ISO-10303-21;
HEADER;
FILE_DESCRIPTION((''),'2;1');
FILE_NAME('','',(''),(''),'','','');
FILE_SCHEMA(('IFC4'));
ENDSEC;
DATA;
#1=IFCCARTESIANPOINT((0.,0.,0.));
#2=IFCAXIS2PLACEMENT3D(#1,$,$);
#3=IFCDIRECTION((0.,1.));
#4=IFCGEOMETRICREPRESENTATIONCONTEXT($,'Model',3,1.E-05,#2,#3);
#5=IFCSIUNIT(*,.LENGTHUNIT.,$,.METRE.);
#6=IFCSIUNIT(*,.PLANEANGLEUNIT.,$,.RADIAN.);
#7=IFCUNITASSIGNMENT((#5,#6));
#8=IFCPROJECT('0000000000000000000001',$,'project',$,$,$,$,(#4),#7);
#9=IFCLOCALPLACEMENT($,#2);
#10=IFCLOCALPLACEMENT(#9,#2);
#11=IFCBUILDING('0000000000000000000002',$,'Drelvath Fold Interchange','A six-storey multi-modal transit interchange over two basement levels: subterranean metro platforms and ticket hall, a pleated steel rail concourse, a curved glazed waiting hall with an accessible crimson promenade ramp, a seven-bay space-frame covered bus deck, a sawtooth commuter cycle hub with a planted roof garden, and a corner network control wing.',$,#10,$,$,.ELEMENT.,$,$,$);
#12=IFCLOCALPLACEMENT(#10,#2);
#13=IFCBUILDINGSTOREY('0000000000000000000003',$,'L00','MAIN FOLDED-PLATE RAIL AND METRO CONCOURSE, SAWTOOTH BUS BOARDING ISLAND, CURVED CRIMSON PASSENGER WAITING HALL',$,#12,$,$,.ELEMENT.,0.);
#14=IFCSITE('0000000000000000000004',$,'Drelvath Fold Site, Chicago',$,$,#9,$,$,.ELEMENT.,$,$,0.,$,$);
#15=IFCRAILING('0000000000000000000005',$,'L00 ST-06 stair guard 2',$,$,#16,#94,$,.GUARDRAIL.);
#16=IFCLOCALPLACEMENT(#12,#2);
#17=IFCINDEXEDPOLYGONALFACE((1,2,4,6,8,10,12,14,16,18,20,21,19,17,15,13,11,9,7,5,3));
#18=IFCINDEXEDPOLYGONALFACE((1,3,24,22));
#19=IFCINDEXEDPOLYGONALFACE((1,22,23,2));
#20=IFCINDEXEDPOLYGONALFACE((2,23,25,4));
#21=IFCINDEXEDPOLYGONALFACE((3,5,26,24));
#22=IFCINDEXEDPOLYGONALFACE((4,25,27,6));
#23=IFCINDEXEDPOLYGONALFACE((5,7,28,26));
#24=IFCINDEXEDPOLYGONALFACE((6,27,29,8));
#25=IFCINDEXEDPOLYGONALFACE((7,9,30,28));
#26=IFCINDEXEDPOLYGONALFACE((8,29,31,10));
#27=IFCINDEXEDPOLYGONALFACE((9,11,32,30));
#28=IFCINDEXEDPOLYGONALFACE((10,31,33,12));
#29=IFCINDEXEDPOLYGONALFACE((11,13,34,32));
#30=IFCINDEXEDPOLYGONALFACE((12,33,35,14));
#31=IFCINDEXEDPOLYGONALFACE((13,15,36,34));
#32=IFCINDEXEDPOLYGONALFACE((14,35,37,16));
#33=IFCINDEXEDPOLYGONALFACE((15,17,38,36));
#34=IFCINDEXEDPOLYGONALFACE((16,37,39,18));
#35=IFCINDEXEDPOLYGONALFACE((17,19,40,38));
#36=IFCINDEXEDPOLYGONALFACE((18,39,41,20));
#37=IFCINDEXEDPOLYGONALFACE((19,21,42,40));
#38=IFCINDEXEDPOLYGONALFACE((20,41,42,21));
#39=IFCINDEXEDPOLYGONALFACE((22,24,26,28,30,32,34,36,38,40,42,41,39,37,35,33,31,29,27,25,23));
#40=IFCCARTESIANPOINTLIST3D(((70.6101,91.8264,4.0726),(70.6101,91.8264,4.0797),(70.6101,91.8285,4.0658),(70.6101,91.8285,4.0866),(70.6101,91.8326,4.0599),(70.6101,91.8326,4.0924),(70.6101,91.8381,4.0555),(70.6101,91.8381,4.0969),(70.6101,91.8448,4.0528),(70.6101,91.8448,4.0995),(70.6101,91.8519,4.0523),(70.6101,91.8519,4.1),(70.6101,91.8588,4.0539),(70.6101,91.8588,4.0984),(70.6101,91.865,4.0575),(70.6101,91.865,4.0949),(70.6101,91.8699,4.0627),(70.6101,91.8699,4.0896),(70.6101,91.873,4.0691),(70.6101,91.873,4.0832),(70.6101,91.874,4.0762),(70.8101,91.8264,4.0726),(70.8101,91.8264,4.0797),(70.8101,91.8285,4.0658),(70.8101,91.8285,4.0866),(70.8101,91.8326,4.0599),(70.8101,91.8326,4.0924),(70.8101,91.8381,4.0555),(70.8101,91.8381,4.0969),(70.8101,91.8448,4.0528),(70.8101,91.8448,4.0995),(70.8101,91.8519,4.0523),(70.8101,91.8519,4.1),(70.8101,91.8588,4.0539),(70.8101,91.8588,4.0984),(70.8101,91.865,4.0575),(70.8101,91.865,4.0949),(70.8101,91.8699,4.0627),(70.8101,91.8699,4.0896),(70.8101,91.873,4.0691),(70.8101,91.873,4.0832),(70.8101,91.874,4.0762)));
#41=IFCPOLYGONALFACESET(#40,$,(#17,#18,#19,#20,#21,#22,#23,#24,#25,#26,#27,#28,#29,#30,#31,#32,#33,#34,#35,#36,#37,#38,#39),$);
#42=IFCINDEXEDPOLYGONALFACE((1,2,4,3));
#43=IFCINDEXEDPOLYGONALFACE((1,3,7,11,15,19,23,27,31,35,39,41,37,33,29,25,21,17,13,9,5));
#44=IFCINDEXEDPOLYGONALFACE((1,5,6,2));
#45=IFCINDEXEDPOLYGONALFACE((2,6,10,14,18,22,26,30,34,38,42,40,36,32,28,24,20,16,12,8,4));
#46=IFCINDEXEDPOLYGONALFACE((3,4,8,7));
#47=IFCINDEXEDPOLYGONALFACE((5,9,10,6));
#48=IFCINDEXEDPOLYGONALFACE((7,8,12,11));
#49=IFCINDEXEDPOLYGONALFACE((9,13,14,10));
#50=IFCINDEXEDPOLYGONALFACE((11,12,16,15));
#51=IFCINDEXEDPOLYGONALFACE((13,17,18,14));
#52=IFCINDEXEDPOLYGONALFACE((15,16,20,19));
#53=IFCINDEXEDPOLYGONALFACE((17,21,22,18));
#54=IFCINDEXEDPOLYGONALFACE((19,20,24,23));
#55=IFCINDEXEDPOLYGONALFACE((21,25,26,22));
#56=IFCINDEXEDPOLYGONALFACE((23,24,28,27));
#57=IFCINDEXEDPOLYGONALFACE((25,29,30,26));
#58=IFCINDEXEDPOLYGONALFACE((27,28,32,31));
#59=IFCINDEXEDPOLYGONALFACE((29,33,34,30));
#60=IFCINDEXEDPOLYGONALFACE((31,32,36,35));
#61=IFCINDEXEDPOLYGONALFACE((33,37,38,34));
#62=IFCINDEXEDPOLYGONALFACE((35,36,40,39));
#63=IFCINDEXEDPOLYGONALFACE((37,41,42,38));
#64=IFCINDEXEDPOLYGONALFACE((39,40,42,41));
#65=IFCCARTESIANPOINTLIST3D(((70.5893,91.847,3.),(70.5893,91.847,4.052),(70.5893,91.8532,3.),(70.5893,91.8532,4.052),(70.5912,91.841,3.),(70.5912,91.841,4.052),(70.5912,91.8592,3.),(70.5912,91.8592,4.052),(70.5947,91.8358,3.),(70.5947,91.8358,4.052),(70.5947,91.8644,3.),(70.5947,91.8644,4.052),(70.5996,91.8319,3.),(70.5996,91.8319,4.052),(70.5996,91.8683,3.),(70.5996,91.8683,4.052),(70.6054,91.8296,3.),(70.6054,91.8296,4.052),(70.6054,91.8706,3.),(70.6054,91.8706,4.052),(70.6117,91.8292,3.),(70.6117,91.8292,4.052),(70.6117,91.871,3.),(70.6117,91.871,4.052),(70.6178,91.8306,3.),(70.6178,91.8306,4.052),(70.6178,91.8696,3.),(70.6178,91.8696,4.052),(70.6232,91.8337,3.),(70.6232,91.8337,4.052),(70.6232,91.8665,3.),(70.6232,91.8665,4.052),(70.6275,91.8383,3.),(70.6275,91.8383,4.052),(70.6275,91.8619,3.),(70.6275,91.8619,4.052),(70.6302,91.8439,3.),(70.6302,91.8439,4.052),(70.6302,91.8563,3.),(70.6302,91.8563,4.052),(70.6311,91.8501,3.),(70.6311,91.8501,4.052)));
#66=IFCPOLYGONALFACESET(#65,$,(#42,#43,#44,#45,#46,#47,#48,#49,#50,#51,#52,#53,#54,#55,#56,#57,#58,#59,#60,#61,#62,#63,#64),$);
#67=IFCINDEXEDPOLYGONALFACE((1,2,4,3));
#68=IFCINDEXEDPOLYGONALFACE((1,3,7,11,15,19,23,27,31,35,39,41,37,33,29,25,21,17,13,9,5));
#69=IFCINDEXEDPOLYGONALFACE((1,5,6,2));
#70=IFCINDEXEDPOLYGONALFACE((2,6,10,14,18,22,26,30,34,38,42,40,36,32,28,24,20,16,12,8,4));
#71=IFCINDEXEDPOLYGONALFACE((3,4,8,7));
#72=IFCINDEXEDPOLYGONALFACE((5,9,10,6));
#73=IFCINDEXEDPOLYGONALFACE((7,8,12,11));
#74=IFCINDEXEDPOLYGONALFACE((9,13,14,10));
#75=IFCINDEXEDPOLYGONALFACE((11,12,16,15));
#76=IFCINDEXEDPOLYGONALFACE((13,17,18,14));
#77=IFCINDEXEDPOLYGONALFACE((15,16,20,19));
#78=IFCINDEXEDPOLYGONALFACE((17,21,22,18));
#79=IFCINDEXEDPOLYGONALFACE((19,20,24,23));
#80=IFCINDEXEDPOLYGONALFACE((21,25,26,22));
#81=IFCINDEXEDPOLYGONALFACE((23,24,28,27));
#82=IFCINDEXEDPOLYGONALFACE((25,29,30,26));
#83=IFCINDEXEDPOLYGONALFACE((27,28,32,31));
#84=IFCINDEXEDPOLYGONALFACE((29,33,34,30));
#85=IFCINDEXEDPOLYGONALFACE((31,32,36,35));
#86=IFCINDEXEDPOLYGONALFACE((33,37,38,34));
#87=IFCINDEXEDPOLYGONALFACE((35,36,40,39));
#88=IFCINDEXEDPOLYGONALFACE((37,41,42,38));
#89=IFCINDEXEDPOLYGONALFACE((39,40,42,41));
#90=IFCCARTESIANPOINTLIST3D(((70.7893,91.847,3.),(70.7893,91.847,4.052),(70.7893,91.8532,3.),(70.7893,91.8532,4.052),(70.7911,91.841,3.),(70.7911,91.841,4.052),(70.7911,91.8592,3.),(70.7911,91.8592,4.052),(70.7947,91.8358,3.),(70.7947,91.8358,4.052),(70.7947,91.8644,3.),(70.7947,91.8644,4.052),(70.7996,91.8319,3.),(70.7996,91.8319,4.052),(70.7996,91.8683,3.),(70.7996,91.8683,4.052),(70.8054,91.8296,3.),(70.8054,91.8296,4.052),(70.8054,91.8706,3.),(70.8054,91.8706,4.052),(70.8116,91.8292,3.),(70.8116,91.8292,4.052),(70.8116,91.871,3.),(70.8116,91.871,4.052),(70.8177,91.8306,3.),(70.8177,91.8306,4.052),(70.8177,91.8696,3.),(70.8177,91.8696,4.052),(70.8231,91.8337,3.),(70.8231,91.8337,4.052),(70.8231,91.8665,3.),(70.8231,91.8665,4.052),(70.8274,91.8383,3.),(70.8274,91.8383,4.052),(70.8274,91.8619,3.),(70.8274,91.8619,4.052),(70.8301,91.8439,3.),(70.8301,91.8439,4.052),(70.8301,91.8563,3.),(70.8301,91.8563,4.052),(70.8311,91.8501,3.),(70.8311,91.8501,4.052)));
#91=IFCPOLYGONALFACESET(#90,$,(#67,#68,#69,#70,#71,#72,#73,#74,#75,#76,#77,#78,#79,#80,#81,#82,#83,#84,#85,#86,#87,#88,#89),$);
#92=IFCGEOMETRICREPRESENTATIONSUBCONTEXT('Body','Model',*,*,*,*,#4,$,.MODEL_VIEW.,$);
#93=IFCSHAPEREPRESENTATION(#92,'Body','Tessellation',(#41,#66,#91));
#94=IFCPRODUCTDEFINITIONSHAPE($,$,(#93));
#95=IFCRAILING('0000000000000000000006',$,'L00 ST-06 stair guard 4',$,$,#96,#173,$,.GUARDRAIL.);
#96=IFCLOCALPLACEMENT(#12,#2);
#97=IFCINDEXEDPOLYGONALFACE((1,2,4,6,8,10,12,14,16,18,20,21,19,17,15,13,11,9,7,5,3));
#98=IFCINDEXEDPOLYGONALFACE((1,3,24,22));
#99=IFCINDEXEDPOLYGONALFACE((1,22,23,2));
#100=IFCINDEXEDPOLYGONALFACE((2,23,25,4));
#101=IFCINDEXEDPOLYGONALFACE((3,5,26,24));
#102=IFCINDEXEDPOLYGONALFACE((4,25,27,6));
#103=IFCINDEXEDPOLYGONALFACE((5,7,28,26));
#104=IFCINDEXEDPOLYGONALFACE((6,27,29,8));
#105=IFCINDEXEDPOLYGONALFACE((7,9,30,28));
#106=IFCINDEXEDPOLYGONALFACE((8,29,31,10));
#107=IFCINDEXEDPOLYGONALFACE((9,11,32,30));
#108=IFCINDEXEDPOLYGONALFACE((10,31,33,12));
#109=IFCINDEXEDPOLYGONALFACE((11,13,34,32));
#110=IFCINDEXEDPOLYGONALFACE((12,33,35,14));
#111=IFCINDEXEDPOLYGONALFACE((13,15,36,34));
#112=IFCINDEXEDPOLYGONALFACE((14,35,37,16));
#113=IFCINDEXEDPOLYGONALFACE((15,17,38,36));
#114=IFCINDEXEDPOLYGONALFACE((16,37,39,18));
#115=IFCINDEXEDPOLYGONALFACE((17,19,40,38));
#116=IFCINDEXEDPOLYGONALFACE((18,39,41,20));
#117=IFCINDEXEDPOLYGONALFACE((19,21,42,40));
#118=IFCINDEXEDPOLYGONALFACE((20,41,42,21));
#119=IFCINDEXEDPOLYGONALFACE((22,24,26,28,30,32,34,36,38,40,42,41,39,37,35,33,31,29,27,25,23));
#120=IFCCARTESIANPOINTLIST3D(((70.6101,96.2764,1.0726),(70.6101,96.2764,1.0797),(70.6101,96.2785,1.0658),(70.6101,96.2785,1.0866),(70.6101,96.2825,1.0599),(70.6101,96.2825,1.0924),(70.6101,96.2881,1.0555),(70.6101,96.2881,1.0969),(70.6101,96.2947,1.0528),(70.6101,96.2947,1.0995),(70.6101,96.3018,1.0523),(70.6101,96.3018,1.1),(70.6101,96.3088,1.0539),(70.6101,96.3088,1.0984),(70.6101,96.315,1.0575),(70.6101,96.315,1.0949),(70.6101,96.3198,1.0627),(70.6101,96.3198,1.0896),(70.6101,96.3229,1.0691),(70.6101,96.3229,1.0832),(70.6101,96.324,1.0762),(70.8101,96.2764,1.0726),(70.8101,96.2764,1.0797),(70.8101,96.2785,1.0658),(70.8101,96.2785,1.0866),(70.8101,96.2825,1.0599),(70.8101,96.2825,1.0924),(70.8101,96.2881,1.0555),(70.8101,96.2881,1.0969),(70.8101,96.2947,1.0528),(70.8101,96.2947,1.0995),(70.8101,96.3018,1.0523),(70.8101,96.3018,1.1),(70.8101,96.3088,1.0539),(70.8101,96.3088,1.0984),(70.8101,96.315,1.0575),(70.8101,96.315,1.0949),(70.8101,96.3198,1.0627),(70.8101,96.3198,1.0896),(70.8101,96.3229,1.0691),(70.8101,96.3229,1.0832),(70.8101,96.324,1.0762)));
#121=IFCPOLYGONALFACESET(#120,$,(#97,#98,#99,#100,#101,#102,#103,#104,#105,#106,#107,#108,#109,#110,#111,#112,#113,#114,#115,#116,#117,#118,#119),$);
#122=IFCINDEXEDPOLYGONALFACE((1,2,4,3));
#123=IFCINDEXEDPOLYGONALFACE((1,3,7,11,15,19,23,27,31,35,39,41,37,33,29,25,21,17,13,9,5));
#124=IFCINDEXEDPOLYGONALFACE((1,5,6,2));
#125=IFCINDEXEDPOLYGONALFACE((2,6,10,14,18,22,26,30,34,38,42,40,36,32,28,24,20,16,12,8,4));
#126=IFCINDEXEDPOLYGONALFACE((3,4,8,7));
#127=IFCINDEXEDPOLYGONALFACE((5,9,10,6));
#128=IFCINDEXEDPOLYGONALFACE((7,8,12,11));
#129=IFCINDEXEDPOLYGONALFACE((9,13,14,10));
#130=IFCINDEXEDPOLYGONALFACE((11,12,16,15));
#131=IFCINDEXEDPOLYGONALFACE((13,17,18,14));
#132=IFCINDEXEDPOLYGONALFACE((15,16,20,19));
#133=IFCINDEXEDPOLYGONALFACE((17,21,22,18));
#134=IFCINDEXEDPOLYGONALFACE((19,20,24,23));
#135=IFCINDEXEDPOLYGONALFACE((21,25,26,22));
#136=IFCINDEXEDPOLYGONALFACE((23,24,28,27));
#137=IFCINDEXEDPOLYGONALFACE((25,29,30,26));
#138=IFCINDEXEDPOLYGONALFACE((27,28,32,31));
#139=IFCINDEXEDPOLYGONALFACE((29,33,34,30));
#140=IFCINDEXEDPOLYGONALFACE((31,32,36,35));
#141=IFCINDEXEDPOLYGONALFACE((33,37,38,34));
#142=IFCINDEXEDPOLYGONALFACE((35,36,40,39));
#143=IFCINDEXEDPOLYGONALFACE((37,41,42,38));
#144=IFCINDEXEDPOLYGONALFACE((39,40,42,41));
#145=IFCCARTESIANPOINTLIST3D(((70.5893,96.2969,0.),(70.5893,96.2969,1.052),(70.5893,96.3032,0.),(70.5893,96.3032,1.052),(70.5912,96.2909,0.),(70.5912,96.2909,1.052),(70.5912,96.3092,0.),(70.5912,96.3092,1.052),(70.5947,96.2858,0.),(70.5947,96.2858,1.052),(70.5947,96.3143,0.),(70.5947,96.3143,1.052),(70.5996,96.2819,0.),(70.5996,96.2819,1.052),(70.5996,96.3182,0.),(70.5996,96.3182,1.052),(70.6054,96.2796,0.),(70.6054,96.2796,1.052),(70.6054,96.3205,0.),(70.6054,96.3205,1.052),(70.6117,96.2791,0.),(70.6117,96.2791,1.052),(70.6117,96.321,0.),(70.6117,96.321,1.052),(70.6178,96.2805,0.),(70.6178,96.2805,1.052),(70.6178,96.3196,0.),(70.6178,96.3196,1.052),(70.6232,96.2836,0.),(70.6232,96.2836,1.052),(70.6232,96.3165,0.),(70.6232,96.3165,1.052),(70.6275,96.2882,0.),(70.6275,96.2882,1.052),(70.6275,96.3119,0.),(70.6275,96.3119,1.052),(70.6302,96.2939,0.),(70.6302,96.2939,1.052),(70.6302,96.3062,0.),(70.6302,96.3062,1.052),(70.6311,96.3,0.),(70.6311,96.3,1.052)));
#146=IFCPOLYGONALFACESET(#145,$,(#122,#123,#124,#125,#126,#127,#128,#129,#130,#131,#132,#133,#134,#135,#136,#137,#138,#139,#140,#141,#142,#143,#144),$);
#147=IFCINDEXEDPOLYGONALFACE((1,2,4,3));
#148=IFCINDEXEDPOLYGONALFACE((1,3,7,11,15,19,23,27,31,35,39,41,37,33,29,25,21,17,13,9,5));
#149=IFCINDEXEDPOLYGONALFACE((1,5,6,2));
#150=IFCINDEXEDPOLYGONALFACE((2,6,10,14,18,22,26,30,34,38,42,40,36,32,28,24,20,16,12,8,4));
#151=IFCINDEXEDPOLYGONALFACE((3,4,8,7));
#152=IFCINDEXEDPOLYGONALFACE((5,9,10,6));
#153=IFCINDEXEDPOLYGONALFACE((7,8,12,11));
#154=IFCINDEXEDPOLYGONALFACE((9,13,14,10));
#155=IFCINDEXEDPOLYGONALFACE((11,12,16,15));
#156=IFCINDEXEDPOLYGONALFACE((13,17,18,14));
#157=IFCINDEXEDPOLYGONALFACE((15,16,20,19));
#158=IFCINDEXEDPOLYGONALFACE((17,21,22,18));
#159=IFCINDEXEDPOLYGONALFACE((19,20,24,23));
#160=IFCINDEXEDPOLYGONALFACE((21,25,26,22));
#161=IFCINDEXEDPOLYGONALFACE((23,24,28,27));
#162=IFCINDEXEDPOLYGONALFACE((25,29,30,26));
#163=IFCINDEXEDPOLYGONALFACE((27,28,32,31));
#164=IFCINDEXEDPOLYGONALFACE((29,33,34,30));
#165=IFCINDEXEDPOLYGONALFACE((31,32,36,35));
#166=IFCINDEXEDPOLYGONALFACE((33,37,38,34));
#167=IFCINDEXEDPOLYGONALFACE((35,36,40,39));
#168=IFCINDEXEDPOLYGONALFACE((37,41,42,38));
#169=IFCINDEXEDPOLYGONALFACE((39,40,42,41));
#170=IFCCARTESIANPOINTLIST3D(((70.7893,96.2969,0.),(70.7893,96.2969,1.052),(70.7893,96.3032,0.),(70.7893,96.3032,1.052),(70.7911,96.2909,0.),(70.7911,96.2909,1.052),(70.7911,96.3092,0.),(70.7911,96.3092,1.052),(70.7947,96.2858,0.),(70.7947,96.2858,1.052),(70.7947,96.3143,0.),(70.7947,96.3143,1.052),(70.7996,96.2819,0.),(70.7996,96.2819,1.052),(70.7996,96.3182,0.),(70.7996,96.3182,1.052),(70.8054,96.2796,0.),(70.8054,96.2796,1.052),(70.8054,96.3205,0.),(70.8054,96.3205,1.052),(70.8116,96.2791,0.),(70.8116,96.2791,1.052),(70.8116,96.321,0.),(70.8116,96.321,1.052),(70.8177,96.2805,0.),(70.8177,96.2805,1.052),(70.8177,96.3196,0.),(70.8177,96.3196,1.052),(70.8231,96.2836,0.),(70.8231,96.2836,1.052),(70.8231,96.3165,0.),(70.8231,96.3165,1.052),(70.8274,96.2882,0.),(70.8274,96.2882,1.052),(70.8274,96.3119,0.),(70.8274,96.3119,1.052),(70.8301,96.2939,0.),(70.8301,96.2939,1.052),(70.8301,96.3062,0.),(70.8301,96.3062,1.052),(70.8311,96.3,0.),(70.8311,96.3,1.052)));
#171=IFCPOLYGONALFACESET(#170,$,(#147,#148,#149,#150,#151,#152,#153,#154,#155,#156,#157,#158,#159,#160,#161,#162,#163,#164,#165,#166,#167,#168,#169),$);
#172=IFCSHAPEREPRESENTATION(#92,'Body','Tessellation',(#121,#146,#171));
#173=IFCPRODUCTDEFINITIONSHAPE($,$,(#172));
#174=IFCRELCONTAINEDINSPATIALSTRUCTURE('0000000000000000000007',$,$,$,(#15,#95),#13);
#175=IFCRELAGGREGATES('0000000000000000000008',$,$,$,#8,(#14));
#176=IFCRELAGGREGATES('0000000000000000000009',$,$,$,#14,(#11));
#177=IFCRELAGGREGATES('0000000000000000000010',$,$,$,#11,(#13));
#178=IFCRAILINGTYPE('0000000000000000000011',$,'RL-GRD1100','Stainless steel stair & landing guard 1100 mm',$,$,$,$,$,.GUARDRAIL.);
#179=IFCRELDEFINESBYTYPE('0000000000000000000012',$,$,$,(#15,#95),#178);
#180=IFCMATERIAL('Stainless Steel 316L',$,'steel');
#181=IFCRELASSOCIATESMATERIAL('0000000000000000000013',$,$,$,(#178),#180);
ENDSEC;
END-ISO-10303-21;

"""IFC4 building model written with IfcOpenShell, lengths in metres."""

from ifc_helpers import new_model, si_unit, direction, frame, origin, origin_2d, place, context, subcontext, project, spatial, circle, extrude, material, type_object, element, save


model = new_model("IFC4")

# Units and contexts
model_context = context("Model", 3, precision=1e-05, world=origin(), true_north=direction((0.0, 1.0)))
body_context = subcontext(model_context, "Body", "Model", "MODEL_VIEW")
ifc_project = project(units=[si_unit("LENGTHUNIT", "METRE"), si_unit("PLANEANGLEUNIT", "RADIAN")], contexts=[model_context])

# Site, building, storey
site_placement = place(None, origin())
site = spatial("IfcSite", under=ifc_project, at=site_placement, Name="Drelvath Fold Site, Chicago", CompositionType="ELEMENT", RefElevation=0.0)
building_placement = place(site_placement, origin())
building = spatial("IfcBuilding", under=site, at=building_placement, Name="Drelvath Fold Interchange", Description="A six-storey multi-modal transit interchange over two basement levels: subterranean metro platforms and ticket hall, a pleated steel rail concourse, a curved glazed waiting hall with an accessible crimson promenade ramp, a seven-bay space-frame covered bus deck, a sawtooth commuter cycle hub with a planted roof garden, and a corner network control wing.", CompositionType="ELEMENT")
storey_placement = place(building_placement, origin())
storey = spatial("IfcBuildingStorey", under=building, at=storey_placement, Name="L00", Description="MAIN FOLDED-PLATE RAIL AND METRO CONCOURSE, SAWTOOTH BUS BOARDING ISLAND, CURVED CRIMSON PASSENGER WAITING HALL", CompositionType="ELEMENT", Elevation=0.0)

# Railings
ifc_material_1 = material(Name="Stainless Steel 316L", Category="steel")
railing_type_1 = type_object("IfcRailingType", Name="RL-GRD1100", Description="Stainless steel stair & landing guard 1100 mm", PredefinedType="GUARDRAIL", material=ifc_material_1)
railing_1_placement = place(storey_placement, frame((70.6101, 91.8501, 3.0)))
element("IfcRailing", 1, at=railing_1_placement, inside=storey, type_object=railing_type_1, Name="L00 ST-06 stair guard 2", PredefinedType="GUARDRAIL", context=body_context, shape_type="SweptSolid", body=[
    extrude(circle(Radius=0.0239, at=origin_2d()), frame((0.0, 0.0, 1.0762), z_axis=(1.0, 0.0, 0.0), x_axis=(0.0, 1.0, 0.0)), (0.0, 0.0, 1.0), 0.2),
    extrude(circle(Radius=0.021, at=origin_2d()), origin(), (0.0, 0.0, 1.0), 1.052),
    extrude(circle(Radius=0.021, at=origin_2d()), frame((0.2, 0.0, 0.0)), (0.0, 0.0, 1.0), 1.052),
])
railing_2_placement = place(storey_placement, frame((70.6101, 96.3, 0.0)))
element("IfcRailing", 2, at=railing_2_placement, inside=storey, type_object=railing_type_1, Name="L00 ST-06 stair guard 4", PredefinedType="GUARDRAIL", context=body_context, shape_type="SweptSolid", body=[
    extrude(circle(Radius=0.0239, at=origin_2d()), frame((0.0, 0.0, 1.0762), z_axis=(1.0, 0.0, 0.0), x_axis=(0.0, 1.0, 0.0)), (0.0, 0.0, 1.0), 0.2),
    extrude(circle(Radius=0.021, at=origin_2d()), origin(), (0.0, 0.0, 1.0), 1.052),
    extrude(circle(Radius=0.021, at=origin_2d()), frame((0.2, 0.0, 0.0)), (0.0, 0.0, 1.0), 1.052),
])

save(model, "model.ifc")
